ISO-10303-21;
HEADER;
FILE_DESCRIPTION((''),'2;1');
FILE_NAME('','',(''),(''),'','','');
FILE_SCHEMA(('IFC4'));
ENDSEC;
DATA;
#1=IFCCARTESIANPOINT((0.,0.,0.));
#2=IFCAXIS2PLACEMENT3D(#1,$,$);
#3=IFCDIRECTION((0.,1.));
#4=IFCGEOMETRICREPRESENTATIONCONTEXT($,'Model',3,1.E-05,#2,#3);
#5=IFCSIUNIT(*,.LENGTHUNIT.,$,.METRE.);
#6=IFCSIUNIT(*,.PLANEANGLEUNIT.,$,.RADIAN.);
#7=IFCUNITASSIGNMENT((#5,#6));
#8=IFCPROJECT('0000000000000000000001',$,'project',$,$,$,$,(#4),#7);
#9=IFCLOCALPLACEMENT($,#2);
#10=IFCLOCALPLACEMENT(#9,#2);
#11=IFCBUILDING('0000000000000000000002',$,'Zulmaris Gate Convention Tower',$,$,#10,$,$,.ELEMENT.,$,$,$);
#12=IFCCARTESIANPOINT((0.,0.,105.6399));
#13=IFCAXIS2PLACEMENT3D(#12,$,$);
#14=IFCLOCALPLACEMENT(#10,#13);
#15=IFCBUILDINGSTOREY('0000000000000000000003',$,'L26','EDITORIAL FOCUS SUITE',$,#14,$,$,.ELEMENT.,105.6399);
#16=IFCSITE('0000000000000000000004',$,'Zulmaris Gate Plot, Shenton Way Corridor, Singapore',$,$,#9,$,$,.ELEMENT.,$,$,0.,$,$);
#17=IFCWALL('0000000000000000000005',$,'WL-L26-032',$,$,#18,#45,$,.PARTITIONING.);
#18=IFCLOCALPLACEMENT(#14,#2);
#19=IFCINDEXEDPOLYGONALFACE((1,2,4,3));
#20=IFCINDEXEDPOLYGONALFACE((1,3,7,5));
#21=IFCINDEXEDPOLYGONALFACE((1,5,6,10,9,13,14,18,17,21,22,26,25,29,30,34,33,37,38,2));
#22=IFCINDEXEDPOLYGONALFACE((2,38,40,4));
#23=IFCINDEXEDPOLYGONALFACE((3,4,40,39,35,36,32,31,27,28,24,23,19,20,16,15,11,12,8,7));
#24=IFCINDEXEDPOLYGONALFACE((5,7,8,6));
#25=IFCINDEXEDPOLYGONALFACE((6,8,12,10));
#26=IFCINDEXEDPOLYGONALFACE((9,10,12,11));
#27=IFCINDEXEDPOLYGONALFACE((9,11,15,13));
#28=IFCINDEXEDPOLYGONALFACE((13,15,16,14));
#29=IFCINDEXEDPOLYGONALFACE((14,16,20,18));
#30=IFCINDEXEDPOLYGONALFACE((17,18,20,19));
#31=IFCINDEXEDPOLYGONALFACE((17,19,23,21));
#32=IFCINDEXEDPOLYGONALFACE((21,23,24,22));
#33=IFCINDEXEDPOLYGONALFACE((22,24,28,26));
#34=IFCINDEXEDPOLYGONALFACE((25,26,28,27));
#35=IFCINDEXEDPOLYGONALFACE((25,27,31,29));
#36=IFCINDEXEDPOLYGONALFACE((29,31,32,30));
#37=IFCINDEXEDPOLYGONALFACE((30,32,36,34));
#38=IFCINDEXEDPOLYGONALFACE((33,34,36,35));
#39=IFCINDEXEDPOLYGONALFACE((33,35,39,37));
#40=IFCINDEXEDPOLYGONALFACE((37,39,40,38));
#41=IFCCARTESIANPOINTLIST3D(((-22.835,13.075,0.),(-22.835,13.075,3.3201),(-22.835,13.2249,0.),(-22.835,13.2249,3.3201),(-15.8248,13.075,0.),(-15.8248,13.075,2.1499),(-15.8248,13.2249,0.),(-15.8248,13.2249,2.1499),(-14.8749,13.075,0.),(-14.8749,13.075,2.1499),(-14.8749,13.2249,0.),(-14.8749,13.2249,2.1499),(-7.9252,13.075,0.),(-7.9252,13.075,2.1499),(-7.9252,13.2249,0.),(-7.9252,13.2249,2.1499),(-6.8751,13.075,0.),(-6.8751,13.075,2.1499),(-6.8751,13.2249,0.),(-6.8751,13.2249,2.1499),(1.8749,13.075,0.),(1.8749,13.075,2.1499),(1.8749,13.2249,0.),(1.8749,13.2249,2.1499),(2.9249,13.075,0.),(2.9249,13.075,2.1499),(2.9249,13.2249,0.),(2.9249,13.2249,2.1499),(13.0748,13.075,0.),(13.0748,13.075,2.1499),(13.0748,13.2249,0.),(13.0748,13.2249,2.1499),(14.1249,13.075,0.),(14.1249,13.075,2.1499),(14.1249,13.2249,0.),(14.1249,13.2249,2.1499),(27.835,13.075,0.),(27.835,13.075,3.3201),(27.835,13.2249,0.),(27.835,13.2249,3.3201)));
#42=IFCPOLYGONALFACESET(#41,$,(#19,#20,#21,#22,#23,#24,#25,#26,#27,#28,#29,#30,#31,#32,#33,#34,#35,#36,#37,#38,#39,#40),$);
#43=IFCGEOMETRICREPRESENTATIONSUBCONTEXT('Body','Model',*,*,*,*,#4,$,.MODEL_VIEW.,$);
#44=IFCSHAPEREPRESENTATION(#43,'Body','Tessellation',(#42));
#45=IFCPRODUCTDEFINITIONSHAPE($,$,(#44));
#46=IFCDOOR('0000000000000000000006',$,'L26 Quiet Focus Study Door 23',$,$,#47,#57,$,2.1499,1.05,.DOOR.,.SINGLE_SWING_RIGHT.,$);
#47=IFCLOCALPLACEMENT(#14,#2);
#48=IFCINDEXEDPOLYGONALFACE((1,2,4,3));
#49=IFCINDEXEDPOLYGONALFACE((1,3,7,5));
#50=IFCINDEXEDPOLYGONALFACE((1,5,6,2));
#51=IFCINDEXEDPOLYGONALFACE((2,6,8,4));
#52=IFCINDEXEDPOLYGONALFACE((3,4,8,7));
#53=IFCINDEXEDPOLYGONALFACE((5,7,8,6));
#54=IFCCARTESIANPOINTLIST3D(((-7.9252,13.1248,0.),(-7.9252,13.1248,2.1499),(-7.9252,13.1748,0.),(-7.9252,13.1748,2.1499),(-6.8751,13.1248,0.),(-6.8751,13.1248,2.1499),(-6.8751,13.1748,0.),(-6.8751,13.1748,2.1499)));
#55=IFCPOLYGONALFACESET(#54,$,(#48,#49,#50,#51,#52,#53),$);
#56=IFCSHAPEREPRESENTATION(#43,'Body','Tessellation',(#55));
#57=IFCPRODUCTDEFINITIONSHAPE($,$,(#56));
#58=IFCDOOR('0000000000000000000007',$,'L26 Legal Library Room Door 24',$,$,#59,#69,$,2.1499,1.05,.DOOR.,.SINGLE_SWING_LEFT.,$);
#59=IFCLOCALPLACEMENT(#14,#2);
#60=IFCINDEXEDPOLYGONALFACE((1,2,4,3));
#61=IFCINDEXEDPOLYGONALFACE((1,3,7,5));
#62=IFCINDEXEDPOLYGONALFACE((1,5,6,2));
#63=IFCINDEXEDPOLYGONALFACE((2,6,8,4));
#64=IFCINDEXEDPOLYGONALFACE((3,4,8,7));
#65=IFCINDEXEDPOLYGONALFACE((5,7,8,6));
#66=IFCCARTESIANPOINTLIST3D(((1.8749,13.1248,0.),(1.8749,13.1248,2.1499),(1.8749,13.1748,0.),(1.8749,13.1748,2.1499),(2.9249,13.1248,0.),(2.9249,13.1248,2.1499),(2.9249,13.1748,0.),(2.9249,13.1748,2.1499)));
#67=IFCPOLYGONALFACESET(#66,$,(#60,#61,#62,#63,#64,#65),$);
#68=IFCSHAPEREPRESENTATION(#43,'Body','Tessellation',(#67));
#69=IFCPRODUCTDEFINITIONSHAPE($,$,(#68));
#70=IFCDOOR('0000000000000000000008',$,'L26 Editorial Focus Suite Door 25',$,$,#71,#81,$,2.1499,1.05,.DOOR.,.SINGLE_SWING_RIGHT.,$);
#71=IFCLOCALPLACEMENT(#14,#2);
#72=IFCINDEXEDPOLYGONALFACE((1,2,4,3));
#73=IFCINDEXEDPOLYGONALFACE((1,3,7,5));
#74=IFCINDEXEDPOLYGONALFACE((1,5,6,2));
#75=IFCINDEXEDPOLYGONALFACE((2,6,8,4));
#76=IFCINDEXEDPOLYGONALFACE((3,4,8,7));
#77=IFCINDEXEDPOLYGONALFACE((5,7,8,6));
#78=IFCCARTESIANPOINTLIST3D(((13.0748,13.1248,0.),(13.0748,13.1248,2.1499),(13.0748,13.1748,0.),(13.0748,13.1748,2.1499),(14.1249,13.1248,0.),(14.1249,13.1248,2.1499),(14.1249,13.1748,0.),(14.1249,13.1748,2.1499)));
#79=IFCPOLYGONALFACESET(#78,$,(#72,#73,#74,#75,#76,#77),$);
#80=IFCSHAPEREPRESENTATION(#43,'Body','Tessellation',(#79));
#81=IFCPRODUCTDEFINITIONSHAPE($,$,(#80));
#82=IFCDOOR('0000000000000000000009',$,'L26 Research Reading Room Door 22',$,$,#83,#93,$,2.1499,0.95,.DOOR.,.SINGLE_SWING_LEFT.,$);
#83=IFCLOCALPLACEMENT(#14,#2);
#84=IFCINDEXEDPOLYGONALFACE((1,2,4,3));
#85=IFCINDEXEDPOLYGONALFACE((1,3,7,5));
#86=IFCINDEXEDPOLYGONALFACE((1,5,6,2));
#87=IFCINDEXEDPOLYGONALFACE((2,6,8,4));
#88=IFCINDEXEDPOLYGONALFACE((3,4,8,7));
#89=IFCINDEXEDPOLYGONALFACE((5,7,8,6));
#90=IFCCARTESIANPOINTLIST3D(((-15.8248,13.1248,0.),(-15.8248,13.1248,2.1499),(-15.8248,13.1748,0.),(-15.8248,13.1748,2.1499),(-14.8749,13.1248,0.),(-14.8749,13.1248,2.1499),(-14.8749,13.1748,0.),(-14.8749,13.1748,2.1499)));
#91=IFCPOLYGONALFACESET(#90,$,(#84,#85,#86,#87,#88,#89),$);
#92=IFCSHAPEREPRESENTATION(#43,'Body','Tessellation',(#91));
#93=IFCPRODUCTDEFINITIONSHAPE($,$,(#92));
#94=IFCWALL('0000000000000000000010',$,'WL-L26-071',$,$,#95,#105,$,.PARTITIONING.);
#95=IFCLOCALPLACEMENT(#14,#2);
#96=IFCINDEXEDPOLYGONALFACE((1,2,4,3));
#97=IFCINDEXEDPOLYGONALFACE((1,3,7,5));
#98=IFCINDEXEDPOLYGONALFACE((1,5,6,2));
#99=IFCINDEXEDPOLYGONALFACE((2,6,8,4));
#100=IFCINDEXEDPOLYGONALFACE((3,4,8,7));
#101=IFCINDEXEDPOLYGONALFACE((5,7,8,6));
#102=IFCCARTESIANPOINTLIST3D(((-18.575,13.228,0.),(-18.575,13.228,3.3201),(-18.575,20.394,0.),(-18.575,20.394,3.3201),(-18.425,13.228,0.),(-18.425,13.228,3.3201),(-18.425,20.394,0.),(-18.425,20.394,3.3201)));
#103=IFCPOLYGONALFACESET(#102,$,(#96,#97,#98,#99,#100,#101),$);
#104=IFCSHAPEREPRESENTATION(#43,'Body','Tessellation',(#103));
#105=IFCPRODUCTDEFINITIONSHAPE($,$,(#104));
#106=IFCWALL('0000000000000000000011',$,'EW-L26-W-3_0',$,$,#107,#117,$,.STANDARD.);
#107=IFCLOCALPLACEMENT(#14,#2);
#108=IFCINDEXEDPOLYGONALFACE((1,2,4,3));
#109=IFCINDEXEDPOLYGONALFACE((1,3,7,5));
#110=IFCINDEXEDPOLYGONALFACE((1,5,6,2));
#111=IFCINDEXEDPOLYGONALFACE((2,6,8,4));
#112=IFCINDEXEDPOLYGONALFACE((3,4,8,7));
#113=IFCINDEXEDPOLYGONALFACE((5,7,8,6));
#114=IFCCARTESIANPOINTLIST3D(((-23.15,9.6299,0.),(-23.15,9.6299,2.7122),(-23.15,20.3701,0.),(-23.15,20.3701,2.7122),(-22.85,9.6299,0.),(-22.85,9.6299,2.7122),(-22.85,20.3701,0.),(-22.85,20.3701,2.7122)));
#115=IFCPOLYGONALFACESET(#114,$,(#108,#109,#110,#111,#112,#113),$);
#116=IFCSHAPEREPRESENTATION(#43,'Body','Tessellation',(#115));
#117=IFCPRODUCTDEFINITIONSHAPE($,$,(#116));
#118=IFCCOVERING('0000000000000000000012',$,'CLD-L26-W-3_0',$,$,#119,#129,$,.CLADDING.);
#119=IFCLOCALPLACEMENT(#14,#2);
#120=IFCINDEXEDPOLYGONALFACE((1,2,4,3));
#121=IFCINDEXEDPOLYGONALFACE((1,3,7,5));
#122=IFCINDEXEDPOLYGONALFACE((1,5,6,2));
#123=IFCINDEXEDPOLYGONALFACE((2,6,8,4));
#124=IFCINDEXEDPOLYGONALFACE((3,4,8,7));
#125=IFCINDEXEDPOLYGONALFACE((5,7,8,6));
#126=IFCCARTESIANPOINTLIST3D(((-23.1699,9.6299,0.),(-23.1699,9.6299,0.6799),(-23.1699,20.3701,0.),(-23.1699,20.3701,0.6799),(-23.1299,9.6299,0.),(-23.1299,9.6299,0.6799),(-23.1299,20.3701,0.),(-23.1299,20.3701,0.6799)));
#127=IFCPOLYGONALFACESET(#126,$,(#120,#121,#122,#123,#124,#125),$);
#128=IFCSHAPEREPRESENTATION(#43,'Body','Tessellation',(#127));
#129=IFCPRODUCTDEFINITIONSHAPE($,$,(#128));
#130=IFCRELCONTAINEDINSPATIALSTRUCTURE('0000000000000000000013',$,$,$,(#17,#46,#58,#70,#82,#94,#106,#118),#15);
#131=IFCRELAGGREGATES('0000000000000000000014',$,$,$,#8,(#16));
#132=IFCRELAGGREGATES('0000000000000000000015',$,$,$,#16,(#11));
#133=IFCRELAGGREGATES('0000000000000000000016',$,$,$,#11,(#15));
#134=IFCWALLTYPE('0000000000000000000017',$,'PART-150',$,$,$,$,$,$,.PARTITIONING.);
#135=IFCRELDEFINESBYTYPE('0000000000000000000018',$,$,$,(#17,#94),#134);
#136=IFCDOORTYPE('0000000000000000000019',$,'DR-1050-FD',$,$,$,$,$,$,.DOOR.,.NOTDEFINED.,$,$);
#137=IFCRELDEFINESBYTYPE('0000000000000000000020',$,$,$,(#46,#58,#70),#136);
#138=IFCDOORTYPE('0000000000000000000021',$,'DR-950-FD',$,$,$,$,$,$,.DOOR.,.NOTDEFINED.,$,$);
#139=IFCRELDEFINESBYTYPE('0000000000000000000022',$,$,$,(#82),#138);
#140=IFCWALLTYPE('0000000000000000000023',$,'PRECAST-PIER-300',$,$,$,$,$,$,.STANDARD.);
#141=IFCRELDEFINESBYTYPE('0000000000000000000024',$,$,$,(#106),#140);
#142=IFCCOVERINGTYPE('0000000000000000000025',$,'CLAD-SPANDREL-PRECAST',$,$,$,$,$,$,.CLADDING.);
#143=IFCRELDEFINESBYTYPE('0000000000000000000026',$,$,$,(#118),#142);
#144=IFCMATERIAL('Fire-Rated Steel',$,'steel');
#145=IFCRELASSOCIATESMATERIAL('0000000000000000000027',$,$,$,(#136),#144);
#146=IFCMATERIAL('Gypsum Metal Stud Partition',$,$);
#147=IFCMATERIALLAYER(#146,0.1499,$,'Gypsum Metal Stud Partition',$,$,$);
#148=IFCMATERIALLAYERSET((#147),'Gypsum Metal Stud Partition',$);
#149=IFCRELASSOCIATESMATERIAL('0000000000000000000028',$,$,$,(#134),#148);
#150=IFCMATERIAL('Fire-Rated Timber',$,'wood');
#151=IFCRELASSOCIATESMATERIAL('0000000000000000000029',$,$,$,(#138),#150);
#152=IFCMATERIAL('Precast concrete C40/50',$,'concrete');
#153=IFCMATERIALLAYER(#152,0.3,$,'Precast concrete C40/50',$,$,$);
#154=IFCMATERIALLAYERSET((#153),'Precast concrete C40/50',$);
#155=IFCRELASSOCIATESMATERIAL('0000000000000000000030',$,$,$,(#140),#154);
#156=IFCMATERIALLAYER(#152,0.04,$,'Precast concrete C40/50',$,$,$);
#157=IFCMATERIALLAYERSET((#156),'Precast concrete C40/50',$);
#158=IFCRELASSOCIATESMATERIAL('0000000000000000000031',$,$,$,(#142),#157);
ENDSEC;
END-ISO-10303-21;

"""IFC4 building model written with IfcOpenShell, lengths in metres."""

from ifc_helpers import new_model, si_unit, direction, frame, frame_2d, origin, place, context, subcontext, project, spatial, rectangle, extrude, material, layer, layer_set, type_object, element, fill, save


model = new_model("IFC4")

# Units and contexts
model_context = context("Model", 3, precision=1e-05, world=origin(), true_north=direction((0.0, 1.0)))
body_context = subcontext(model_context, "Body", "Model", "MODEL_VIEW")
ifc_project = project(units=[si_unit("LENGTHUNIT", "METRE"), si_unit("PLANEANGLEUNIT", "RADIAN")], contexts=[model_context])

# Site, building, storey
site_placement = place(None, origin())
site = spatial("IfcSite", under=ifc_project, at=site_placement, Name="Zulmaris Gate Plot, Shenton Way Corridor, Singapore", CompositionType="ELEMENT", RefElevation=0.0)
building_placement = place(site_placement, origin())
building = spatial("IfcBuilding", under=site, at=building_placement, Name="Zulmaris Gate Convention Tower", CompositionType="ELEMENT")
storey_placement = place(building_placement, frame((0.0, 0.0, 105.6399)))
storey = spatial("IfcBuildingStorey", under=building, at=storey_placement, Name="L26", Description="EDITORIAL FOCUS SUITE", CompositionType="ELEMENT", Elevation=105.6399)

# Shared definitions
ifc_material_1 = material(Name="Fire-Rated Steel", Category="steel")
door_type_1 = type_object("IfcDoorType", Name="DR-1050-FD", OperationType="NOTDEFINED", PredefinedType="DOOR", material=ifc_material_1)
ifc_material_2 = material(Name="Gypsum Metal Stud Partition")
ifc_layer_1 = layer(ifc_material_2, 0.1499, Name="Gypsum Metal Stud Partition")
ifc_layer_set_1 = layer_set([ifc_layer_1], Name="Gypsum Metal Stud Partition")
wall_type_1 = type_object("IfcWallType", Name="PART-150", PredefinedType="PARTITIONING", material=ifc_layer_set_1)
ifc_material_3 = material(Name="Fire-Rated Timber", Category="wood")
door_type_2 = type_object("IfcDoorType", Name="DR-950-FD", OperationType="NOTDEFINED", PredefinedType="DOOR", material=ifc_material_3)

# Wall, openings, doors
wall_1_placement = place(storey_placement, frame((-22.835, 13.1499, 0.0), z_axis=(0.0, 0.0, 1.0), x_axis=(1.0, 0.0, 0.0)))
wall_1 = element("IfcWall", 1, at=wall_1_placement, inside=storey, type_object=wall_type_1, Name="WL-L26-032", PredefinedType="PARTITIONING", context=body_context, shape_type="SweptSolid", body=[
    extrude(rectangle(XDim=50.6699, YDim=0.1499, at=frame_2d((25.335, 0.0))), origin(), (0.0, 0.0, 1.0), 3.3201),
])
opening_1_placement = place(wall_1_placement, frame((7.01, 0.0, 0.0)))
opening_1 = element("IfcOpeningElement", 2, at=opening_1_placement, cuts=wall_1, PredefinedType="OPENING", context=body_context, shape_type="SweptSolid", body=[
    extrude(rectangle(XDim=0.95, YDim=2.1499, at=frame_2d((0.4751, 1.075))), frame((0.0, 0.085, 0.0), z_axis=(0.0, -1.0, 0.0), x_axis=(1.0, 0.0, 0.0)), (0.0, 0.0, 1.0), 0.1699),
])
opening_2_placement = place(wall_1_placement, frame((14.9099, 0.0, 0.0)))
opening_2 = element("IfcOpeningElement", 3, at=opening_2_placement, cuts=wall_1, PredefinedType="OPENING", context=body_context, shape_type="SweptSolid", body=[
    extrude(rectangle(XDim=1.05, YDim=2.1499, at=frame_2d((0.5249, 1.075))), frame((0.0, 0.085, 0.0), z_axis=(0.0, -1.0, 0.0), x_axis=(1.0, 0.0, 0.0)), (0.0, 0.0, 1.0), 0.1699),
])
opening_3_placement = place(wall_1_placement, frame((24.71, 0.0, 0.0)))
opening_3 = element("IfcOpeningElement", 4, at=opening_3_placement, cuts=wall_1, PredefinedType="OPENING", context=body_context, shape_type="SweptSolid", body=[
    extrude(rectangle(XDim=1.05, YDim=2.1499, at=frame_2d((0.5249, 1.075))), frame((0.0, 0.085, 0.0), z_axis=(0.0, -1.0, 0.0), x_axis=(1.0, 0.0, 0.0)), (0.0, 0.0, 1.0), 0.1699),
])
opening_4_placement = place(wall_1_placement, frame((35.9099, 0.0, 0.0)))
opening_4 = element("IfcOpeningElement", 5, at=opening_4_placement, cuts=wall_1, PredefinedType="OPENING", context=body_context, shape_type="SweptSolid", body=[
    extrude(rectangle(XDim=1.05, YDim=2.1499, at=frame_2d((0.5249, 1.075))), frame((0.0, 0.085, 0.0), z_axis=(0.0, -1.0, 0.0), x_axis=(1.0, 0.0, 0.0)), (0.0, 0.0, 1.0), 0.1699),
])
door_1_placement = place(opening_2_placement, origin())
door_1 = element("IfcDoor", 6, at=door_1_placement, inside=storey, type_object=door_type_1, Name="L26 Quiet Focus Study Door 23", OperationType="SINGLE_SWING_RIGHT", OverallHeight=2.1499, OverallWidth=1.05, PredefinedType="DOOR", context=body_context, shape_type="SweptSolid", body=[
    extrude(rectangle(XDim=1.05, YDim=2.1499, at=frame_2d((0.5249, 1.075))), frame((0.0, 0.0249, 0.0), z_axis=(0.0, -1.0, 0.0), x_axis=(1.0, 0.0, 0.0)), (0.0, 0.0, 1.0), 0.05),
])
fill(opening_2, door_1)
door_2_placement = place(opening_3_placement, origin())
door_2 = element("IfcDoor", 7, at=door_2_placement, inside=storey, type_object=door_type_1, Name="L26 Legal Library Room Door 24", OperationType="SINGLE_SWING_LEFT", OverallHeight=2.1499, OverallWidth=1.05, PredefinedType="DOOR", context=body_context, shape_type="SweptSolid", body=[
    extrude(rectangle(XDim=1.05, YDim=2.1499, at=frame_2d((0.5249, 1.075))), frame((0.0, 0.0249, 0.0), z_axis=(0.0, -1.0, 0.0), x_axis=(1.0, 0.0, 0.0)), (0.0, 0.0, 1.0), 0.05),
])
fill(opening_3, door_2)
door_3_placement = place(opening_4_placement, origin())
door_3 = element("IfcDoor", 8, at=door_3_placement, inside=storey, type_object=door_type_1, Name="L26 Editorial Focus Suite Door 25", OperationType="SINGLE_SWING_RIGHT", OverallHeight=2.1499, OverallWidth=1.05, PredefinedType="DOOR", context=body_context, shape_type="SweptSolid", body=[
    extrude(rectangle(XDim=1.05, YDim=2.1499, at=frame_2d((0.5249, 1.075))), frame((0.0, 0.0249, 0.0), z_axis=(0.0, -1.0, 0.0), x_axis=(1.0, 0.0, 0.0)), (0.0, 0.0, 1.0), 0.05),
])
fill(opening_4, door_3)
door_4_placement = place(opening_1_placement, origin())
door_4 = element("IfcDoor", 9, at=door_4_placement, inside=storey, type_object=door_type_2, Name="L26 Research Reading Room Door 22", OperationType="SINGLE_SWING_LEFT", OverallHeight=2.1499, OverallWidth=0.95, PredefinedType="DOOR", context=body_context, shape_type="SweptSolid", body=[
    extrude(rectangle(XDim=0.95, YDim=2.1499, at=frame_2d((0.4751, 1.075))), frame((0.0, 0.0249, 0.0), z_axis=(0.0, -1.0, 0.0), x_axis=(1.0, 0.0, 0.0)), (0.0, 0.0, 1.0), 0.05),
])
fill(opening_1, door_4)

# Walls
wall_2_placement = place(storey_placement, frame((-18.5, 13.228, 0.0), z_axis=(0.0, 0.0, 1.0), x_axis=(0.0, 1.0, 0.0)))
element("IfcWall", 10, at=wall_2_placement, inside=storey, type_object=wall_type_1, Name="WL-L26-071", PredefinedType="PARTITIONING", context=body_context, shape_type="SweptSolid", body=[
    extrude(rectangle(XDim=7.166, YDim=0.1499, at=frame_2d((3.583, 0.0))), origin(), (0.0, 0.0, 1.0), 3.3201),
])
ifc_material_4 = material(Name="Precast concrete C40/50", Category="concrete")
ifc_layer_2 = layer(ifc_material_4, 0.3, Name="Precast concrete C40/50")
ifc_layer_set_2 = layer_set([ifc_layer_2], Name="Precast concrete C40/50")
wall_type_2 = type_object("IfcWallType", Name="PRECAST-PIER-300", PredefinedType="STANDARD", material=ifc_layer_set_2)
wall_3_placement = place(storey_placement, frame((-23.0, 20.3701, 0.0), z_axis=(0.0, 0.0, 1.0), x_axis=(0.0, -1.0, 0.0)))
element("IfcWall", 11, at=wall_3_placement, inside=storey, type_object=wall_type_2, Name="EW-L26-W-3_0", PredefinedType="STANDARD", context=body_context, shape_type="SweptSolid", body=[
    extrude(rectangle(XDim=10.7402, YDim=0.3, at=frame_2d((5.3701, 0.0))), origin(), (0.0, 0.0, 1.0), 2.7122),
])

# Covering
ifc_layer_3 = layer(ifc_material_4, 0.04, Name="Precast concrete C40/50")
ifc_layer_set_3 = layer_set([ifc_layer_3], Name="Precast concrete C40/50")
covering_type = type_object("IfcCoveringType", Name="CLAD-SPANDREL-PRECAST", PredefinedType="CLADDING", material=ifc_layer_set_3)
covering_placement = place(storey_placement, frame((-23.1499, 20.3701, 0.0), z_axis=(0.0, 0.0, 1.0), x_axis=(0.0, -1.0, 0.0)))
element("IfcCovering", 12, at=covering_placement, inside=storey, type_object=covering_type, Name="CLD-L26-W-3_0", PredefinedType="CLADDING", context=body_context, shape_type="SweptSolid", body=[
    extrude(rectangle(XDim=10.7402, YDim=0.04, at=frame_2d((5.3701, 0.0))), origin(), (0.0, 0.0, 1.0), 0.6799),
])

save(model, "model.ifc")
